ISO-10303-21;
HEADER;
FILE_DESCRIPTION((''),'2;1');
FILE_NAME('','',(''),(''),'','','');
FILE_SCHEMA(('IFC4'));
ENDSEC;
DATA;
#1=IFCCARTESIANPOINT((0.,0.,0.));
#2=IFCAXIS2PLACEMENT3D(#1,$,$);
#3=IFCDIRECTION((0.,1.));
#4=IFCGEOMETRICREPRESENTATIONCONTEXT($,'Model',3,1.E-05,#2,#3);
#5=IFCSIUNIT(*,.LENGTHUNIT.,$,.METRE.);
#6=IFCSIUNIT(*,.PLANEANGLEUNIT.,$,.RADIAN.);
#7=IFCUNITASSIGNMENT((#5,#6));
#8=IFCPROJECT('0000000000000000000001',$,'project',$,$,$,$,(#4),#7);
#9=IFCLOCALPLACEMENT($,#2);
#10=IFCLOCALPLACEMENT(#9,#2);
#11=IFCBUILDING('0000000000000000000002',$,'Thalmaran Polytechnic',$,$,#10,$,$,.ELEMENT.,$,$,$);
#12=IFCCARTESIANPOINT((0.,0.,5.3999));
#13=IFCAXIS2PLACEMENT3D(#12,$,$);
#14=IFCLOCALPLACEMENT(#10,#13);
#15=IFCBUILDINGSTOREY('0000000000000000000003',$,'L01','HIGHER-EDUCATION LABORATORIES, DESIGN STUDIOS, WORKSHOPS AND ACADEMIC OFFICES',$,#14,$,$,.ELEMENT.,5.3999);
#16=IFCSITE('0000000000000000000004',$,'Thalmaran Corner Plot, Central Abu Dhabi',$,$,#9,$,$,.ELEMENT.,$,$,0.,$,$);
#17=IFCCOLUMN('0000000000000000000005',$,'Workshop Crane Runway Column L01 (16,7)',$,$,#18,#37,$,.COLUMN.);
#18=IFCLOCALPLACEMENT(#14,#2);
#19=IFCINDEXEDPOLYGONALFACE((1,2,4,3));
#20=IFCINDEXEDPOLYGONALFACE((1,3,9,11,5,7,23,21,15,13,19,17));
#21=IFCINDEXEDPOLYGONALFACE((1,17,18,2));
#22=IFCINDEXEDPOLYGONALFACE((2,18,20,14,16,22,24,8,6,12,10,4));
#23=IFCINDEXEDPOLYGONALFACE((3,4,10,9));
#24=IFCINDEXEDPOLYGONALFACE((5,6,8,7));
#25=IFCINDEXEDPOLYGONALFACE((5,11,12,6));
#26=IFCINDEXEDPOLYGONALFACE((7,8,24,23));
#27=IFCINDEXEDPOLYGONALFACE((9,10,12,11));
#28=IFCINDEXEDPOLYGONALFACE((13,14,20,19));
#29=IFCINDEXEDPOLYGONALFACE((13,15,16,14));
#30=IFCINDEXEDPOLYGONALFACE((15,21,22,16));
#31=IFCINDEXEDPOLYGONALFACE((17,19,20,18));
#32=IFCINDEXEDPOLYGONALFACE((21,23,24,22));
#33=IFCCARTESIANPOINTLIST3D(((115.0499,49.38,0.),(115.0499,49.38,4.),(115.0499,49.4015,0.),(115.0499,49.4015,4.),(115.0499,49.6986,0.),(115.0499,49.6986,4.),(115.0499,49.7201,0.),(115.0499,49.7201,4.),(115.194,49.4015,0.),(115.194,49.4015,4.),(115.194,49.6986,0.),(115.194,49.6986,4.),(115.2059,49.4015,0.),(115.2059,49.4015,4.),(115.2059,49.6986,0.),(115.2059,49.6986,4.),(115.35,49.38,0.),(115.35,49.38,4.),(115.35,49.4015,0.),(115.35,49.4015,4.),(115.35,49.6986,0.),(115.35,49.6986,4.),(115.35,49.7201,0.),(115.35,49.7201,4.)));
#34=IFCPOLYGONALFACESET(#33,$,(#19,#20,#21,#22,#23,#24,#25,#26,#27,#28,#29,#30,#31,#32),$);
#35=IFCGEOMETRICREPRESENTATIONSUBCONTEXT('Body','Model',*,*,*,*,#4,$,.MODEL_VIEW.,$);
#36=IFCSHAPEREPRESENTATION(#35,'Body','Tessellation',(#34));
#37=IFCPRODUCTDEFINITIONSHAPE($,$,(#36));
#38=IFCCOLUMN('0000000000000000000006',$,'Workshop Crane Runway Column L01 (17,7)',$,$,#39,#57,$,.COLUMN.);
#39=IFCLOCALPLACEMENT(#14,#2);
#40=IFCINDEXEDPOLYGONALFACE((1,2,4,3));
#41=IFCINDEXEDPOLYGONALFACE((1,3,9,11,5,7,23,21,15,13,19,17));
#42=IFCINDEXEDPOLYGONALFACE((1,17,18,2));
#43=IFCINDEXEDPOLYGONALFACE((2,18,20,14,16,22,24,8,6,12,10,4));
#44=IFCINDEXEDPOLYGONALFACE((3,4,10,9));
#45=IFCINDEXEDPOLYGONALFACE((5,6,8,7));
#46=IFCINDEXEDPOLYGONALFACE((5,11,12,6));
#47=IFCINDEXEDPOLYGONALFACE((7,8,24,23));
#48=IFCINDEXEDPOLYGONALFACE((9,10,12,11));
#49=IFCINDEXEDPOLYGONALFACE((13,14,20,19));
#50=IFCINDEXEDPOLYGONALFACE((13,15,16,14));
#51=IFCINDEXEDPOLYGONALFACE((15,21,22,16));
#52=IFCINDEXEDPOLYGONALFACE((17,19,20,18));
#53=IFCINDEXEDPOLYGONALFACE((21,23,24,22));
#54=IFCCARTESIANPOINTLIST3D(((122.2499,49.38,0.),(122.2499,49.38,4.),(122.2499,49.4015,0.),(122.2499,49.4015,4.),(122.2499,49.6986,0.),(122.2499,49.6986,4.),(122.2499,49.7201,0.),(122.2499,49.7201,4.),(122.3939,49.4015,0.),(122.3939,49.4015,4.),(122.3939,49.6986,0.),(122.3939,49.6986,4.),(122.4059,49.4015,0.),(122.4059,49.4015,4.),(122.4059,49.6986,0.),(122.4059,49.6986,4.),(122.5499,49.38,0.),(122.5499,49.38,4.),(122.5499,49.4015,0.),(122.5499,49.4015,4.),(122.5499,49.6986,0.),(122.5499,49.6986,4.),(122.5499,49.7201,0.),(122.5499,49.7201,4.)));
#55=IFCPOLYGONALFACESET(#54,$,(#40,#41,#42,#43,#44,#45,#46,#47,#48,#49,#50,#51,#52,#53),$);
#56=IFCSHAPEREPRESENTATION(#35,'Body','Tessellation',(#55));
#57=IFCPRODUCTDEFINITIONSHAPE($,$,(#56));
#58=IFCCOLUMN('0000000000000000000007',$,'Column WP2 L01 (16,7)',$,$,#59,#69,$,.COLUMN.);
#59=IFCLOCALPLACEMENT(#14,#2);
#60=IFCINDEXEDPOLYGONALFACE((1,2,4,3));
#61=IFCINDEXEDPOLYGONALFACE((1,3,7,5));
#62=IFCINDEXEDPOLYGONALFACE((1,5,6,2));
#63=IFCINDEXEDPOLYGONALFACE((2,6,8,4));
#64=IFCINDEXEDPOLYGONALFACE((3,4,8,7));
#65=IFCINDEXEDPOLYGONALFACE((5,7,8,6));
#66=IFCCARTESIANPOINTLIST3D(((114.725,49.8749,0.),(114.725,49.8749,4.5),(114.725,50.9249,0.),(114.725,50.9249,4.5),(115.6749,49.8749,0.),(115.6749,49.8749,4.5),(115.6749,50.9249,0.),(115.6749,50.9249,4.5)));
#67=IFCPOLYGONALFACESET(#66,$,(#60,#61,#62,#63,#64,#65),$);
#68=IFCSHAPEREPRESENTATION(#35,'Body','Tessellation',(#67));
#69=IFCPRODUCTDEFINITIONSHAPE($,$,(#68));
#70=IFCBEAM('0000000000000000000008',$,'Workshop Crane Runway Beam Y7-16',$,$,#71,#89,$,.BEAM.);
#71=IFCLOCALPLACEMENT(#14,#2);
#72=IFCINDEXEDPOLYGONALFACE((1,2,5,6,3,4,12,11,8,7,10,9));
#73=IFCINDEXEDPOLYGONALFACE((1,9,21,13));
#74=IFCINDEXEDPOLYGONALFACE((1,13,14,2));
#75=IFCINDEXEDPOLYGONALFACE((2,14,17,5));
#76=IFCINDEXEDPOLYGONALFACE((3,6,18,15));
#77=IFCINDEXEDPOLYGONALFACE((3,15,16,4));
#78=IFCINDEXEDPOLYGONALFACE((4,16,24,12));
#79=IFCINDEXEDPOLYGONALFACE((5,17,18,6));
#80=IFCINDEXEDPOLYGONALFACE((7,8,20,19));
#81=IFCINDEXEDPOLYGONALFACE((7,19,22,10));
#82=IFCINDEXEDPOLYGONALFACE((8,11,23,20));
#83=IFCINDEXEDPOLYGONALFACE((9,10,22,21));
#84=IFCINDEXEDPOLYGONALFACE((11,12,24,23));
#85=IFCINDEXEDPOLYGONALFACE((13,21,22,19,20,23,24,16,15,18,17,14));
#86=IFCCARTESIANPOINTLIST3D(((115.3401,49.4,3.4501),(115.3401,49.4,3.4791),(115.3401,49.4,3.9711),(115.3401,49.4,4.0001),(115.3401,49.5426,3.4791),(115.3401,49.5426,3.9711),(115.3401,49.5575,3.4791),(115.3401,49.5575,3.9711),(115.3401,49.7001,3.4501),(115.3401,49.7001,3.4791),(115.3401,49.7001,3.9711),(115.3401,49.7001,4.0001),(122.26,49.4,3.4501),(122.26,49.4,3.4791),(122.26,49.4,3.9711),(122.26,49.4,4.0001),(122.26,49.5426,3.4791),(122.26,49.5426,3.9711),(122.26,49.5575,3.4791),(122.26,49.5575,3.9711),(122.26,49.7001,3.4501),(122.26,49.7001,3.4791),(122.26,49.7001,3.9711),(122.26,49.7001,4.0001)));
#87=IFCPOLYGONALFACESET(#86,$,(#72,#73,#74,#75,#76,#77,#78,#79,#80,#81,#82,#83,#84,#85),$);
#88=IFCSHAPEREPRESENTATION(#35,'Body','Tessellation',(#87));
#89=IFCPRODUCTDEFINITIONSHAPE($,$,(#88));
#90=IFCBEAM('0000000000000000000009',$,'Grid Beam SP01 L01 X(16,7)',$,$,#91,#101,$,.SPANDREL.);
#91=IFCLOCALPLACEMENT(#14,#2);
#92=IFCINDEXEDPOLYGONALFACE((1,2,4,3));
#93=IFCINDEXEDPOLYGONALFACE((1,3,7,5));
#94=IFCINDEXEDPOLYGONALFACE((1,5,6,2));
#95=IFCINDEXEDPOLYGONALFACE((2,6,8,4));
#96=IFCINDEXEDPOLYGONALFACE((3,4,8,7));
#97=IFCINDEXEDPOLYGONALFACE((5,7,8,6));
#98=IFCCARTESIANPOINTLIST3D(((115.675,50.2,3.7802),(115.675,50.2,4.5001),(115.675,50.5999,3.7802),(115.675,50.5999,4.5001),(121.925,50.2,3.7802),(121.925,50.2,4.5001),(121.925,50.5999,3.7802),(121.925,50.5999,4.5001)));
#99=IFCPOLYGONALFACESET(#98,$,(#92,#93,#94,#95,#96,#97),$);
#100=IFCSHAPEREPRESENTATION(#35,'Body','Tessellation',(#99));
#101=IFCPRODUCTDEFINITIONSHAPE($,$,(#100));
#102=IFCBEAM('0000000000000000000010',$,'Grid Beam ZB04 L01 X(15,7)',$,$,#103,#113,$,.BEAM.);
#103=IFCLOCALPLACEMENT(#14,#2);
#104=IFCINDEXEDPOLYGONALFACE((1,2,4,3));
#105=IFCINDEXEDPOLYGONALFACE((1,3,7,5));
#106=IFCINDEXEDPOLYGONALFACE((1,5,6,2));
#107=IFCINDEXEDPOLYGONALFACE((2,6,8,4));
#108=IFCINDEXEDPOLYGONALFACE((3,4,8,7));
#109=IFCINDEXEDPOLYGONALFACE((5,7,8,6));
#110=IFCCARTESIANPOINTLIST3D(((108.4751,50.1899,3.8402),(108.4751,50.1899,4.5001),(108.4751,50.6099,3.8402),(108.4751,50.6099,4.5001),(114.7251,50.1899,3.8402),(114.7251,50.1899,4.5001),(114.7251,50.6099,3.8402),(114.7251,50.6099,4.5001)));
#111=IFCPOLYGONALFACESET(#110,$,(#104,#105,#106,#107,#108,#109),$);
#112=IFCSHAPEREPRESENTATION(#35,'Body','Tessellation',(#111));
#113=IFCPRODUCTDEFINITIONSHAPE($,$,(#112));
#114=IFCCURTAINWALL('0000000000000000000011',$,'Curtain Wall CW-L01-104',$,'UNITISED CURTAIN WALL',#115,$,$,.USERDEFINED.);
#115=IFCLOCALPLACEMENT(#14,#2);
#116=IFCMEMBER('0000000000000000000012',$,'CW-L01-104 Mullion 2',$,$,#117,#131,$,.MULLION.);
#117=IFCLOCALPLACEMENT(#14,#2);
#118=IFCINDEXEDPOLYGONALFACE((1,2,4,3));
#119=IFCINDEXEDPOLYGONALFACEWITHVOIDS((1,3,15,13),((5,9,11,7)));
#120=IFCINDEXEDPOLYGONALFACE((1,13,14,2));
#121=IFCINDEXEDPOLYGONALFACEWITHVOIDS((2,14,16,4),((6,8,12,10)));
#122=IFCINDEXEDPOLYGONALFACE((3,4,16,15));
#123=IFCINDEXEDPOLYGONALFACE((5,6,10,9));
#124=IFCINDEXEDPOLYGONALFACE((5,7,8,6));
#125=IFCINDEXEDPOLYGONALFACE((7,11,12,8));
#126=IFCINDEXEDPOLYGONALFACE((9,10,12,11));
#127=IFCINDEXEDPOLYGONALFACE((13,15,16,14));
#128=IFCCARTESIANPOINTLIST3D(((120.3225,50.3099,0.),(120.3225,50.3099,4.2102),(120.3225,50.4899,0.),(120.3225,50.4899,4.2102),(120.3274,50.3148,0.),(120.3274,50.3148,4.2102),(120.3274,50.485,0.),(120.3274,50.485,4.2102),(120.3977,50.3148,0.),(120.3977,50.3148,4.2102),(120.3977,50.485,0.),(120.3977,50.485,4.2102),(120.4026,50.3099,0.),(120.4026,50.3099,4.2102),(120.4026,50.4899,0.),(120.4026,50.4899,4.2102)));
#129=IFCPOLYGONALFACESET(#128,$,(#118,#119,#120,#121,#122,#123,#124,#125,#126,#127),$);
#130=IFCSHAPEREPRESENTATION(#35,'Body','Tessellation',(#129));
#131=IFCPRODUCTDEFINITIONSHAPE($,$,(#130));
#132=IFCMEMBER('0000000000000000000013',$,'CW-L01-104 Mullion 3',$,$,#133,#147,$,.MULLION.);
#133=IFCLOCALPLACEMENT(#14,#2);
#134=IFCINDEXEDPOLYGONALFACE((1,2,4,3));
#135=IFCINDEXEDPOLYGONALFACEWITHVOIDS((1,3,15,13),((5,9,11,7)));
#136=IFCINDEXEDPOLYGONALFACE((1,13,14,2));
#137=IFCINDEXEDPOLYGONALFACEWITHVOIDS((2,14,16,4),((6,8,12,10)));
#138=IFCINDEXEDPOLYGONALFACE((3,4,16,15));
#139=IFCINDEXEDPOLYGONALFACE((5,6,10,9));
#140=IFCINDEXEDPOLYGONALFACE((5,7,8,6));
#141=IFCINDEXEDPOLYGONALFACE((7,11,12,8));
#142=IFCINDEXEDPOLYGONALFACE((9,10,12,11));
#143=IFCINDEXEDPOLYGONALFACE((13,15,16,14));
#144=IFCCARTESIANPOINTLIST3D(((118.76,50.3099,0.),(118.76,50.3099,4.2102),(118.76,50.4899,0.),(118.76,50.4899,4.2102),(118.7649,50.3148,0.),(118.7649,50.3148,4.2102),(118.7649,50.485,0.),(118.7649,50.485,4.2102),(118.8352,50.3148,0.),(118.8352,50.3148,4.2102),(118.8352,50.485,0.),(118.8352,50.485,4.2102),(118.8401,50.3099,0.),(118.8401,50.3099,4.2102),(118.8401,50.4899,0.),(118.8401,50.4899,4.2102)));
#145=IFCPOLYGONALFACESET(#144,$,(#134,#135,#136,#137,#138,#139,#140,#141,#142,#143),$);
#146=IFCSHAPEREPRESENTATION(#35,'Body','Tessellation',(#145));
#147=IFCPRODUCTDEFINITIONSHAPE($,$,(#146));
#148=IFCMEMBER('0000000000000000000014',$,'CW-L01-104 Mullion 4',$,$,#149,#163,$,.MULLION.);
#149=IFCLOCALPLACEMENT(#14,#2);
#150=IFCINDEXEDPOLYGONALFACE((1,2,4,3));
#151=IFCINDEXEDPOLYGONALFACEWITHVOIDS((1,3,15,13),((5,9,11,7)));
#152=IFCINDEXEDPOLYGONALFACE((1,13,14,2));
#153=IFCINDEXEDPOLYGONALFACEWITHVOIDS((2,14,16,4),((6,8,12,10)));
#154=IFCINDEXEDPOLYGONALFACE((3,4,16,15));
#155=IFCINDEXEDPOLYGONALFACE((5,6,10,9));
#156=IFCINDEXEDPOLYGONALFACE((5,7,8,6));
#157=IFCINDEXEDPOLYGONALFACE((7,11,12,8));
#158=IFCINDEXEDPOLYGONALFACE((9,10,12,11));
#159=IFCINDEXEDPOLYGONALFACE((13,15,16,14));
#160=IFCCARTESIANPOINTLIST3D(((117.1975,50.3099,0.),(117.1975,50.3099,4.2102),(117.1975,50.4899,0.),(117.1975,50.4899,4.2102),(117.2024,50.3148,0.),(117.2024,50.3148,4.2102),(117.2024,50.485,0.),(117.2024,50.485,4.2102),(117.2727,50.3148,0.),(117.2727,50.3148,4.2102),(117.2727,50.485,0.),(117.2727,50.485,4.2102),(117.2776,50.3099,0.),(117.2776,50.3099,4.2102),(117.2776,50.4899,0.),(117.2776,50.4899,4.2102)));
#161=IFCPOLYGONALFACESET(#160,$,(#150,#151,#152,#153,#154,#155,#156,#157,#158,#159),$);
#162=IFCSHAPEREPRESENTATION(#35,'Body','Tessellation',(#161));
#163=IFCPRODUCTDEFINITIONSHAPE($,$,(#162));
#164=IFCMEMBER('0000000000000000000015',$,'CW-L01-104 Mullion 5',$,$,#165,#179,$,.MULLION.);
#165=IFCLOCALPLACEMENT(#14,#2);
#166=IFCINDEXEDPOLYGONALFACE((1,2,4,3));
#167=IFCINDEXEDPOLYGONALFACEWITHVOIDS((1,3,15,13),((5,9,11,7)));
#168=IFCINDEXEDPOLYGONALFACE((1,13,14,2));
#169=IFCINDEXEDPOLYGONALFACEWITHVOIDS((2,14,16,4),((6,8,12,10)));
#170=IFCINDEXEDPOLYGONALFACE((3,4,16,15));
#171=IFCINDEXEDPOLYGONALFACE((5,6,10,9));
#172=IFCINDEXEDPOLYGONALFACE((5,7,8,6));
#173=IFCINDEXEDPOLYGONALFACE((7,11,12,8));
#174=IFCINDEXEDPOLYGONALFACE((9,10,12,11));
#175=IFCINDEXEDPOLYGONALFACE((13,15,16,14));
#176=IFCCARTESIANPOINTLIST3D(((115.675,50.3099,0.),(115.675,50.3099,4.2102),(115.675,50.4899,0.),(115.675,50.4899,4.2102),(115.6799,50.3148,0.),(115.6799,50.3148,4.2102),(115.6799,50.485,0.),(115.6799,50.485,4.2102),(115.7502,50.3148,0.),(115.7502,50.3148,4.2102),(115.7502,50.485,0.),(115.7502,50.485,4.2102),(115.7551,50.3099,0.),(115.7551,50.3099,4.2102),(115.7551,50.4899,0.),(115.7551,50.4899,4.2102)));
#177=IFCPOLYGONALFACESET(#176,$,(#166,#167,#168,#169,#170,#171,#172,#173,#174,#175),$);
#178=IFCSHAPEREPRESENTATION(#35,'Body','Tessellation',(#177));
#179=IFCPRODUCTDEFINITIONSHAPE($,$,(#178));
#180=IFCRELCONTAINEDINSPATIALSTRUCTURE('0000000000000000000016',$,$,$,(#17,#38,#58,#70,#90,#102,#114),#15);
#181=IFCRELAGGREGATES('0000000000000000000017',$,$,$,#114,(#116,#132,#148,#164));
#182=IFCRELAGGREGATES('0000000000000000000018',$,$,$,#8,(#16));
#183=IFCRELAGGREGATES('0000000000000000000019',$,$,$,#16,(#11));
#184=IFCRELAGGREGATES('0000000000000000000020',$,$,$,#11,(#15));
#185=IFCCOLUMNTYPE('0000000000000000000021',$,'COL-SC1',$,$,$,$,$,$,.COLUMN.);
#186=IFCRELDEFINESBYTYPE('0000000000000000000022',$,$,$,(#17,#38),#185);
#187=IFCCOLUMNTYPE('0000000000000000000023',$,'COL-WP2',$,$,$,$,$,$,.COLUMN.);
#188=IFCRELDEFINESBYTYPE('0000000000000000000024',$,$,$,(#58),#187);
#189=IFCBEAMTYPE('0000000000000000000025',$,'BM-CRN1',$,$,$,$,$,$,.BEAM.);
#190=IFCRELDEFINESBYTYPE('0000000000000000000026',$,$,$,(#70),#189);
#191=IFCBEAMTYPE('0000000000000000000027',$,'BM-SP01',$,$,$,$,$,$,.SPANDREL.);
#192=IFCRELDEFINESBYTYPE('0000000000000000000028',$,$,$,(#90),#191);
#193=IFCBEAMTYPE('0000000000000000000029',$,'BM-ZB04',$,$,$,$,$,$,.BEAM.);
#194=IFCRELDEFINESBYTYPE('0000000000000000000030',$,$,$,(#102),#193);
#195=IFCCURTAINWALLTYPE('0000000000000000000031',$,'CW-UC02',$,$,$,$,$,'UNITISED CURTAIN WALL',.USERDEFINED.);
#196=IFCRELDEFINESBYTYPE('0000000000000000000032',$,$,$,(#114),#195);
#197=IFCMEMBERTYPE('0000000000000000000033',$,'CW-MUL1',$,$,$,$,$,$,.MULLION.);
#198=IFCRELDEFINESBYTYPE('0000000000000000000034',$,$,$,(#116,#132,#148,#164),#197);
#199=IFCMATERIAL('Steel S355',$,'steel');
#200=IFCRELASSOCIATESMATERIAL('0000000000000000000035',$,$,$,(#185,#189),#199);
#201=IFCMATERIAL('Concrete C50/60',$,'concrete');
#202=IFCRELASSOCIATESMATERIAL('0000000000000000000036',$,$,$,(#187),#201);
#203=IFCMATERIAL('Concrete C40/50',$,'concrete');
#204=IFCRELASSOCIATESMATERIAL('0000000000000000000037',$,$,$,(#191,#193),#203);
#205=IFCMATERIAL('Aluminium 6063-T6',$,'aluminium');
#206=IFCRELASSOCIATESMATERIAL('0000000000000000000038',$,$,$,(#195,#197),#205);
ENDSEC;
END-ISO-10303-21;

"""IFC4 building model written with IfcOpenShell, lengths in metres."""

from ifc_helpers import new_model, si_unit, direction, frame, origin, origin_2d, place, context, subcontext, project, spatial, rectangle, hollow_rectangle, i_section, extrude, material, material_profile, profile_set, type_object, element, aggregate, save


model = new_model("IFC4")

# Units and contexts
model_context = context("Model", 3, precision=1e-05, world=origin(), true_north=direction((0.0, 1.0)))
body_context = subcontext(model_context, "Body", "Model", "MODEL_VIEW")
ifc_project = project(units=[si_unit("LENGTHUNIT", "METRE"), si_unit("PLANEANGLEUNIT", "RADIAN")], contexts=[model_context])

# Site, building, storey
site_placement = place(None, origin())
site = spatial("IfcSite", under=ifc_project, at=site_placement, Name="Thalmaran Corner Plot, Central Abu Dhabi", CompositionType="ELEMENT", RefElevation=0.0)
building_placement = place(site_placement, origin())
building = spatial("IfcBuilding", under=site, at=building_placement, Name="Thalmaran Polytechnic", CompositionType="ELEMENT")
storey_placement = place(building_placement, frame((0.0, 0.0, 5.3999)))
storey = spatial("IfcBuildingStorey", under=building, at=storey_placement, Name="L01", Description="HIGHER-EDUCATION LABORATORIES, DESIGN STUDIOS, WORKSHOPS AND ACADEMIC OFFICES", CompositionType="ELEMENT", Elevation=5.3999)

# Columns
ifc_material_1 = material(Name="Steel S355", Category="steel")
ifc_material_profile_1 = material_profile(ifc_material_1, i_section(OverallWidth=0.3, OverallDepth=0.3401, WebThickness=0.012, FlangeThickness=0.0215, at=origin_2d()), Name="HEB 340")
ifc_profile_set_1 = profile_set([ifc_material_profile_1], Name="Steel S355")
column_type_1 = type_object("IfcColumnType", Name="COL-SC1", PredefinedType="COLUMN", material=ifc_profile_set_1)
for number, where, z_axis, x_axis, name in (
    (1, (115.2, 49.55, 0.0), (0.0, 0.0, 1.0), (1.0, 0.0, 0.0), "Workshop Crane Runway Column L01 (16,7)"),
    (2, (122.3999, 49.55, 0.0), (0.0, 0.0, 1.0), (1.0, 0.0, 0.0), "Workshop Crane Runway Column L01 (17,7)"),
):
    element("IfcColumn", number, at=place(storey_placement, frame(where, z_axis=z_axis, x_axis=x_axis)), inside=storey, type_object=column_type_1, Name=name, PredefinedType="COLUMN", context=body_context, shape_type="SweptSolid", body=[
        extrude(i_section(OverallWidth=0.3, OverallDepth=0.3401, WebThickness=0.012, FlangeThickness=0.0215, at=origin_2d()), origin(), (0.0, 0.0, 1.0), 4.0),
    ])
ifc_material_2 = material(Name="Concrete C50/60", Category="concrete")
ifc_material_profile_2 = material_profile(ifc_material_2, rectangle(XDim=0.95, YDim=1.05, at=origin_2d()), Name="RC 950x1050")
ifc_profile_set_2 = profile_set([ifc_material_profile_2], Name="Concrete C50/60")
column_type_2 = type_object("IfcColumnType", Name="COL-WP2", PredefinedType="COLUMN", material=ifc_profile_set_2)
column_placement = place(storey_placement, frame((115.2, 50.3999, 0.0), z_axis=(0.0, 0.0, 1.0), x_axis=(1.0, 0.0, 0.0)))
element("IfcColumn", 3, at=column_placement, inside=storey, type_object=column_type_2, Name="Column WP2 L01 (16,7)", PredefinedType="COLUMN", context=body_context, shape_type="SweptSolid", body=[
    extrude(rectangle(XDim=0.95, YDim=1.05, at=origin_2d()), origin(), (0.0, 0.0, 1.0), 4.5),
])

# Beams
ifc_material_profile_3 = material_profile(ifc_material_1, i_section(OverallWidth=0.3, OverallDepth=0.55, WebThickness=0.0149, FlangeThickness=0.0291, at=origin_2d()), Name="HEB 550")
ifc_profile_set_3 = profile_set([ifc_material_profile_3], Name="Steel S355")
beam_type_1 = type_object("IfcBeamType", Name="BM-CRN1", PredefinedType="BEAM", material=ifc_profile_set_3)
beam_1_placement = place(storey_placement, frame((115.3401, 49.55, 3.7251), z_axis=(1.0, 0.0, 0.0), x_axis=(0.0, 1.0, 0.0)))
element("IfcBeam", 4, at=beam_1_placement, inside=storey, type_object=beam_type_1, Name="Workshop Crane Runway Beam Y7-16", PredefinedType="BEAM", context=body_context, shape_type="SweptSolid", body=[
    extrude(i_section(OverallWidth=0.3, OverallDepth=0.55, WebThickness=0.0149, FlangeThickness=0.0291, at=origin_2d()), origin(), (0.0, 0.0, 1.0), 6.9199),
])
ifc_material_3 = material(Name="Concrete C40/50", Category="concrete")
ifc_material_profile_4 = material_profile(ifc_material_3, rectangle(XDim=0.3999, YDim=0.72, at=origin_2d()), Name="RC 400x720")
ifc_profile_set_4 = profile_set([ifc_material_profile_4], Name="Concrete C40/50")
beam_type_2 = type_object("IfcBeamType", Name="BM-SP01", PredefinedType="SPANDREL", material=ifc_profile_set_4)
beam_2_placement = place(storey_placement, frame((115.675, 50.3999, 4.1401), z_axis=(1.0, 0.0, 0.0), x_axis=(0.0, 1.0, 0.0)))
element("IfcBeam", 5, at=beam_2_placement, inside=storey, type_object=beam_type_2, Name="Grid Beam SP01 L01 X(16,7)", PredefinedType="SPANDREL", context=body_context, shape_type="SweptSolid", body=[
    extrude(rectangle(XDim=0.3999, YDim=0.72, at=origin_2d()), origin(), (0.0, 0.0, 1.0), 6.25),
])
ifc_material_profile_5 = material_profile(ifc_material_3, rectangle(XDim=0.4199, YDim=0.6599, at=origin_2d()), Name="RC 420x660")
ifc_profile_set_5 = profile_set([ifc_material_profile_5], Name="Concrete C40/50")
beam_type_3 = type_object("IfcBeamType", Name="BM-ZB04", PredefinedType="BEAM", material=ifc_profile_set_5)
beam_3_placement = place(storey_placement, frame((108.4751, 50.3999, 4.1702), z_axis=(1.0, 0.0, 0.0), x_axis=(0.0, 1.0, 0.0)))
element("IfcBeam", 6, at=beam_3_placement, inside=storey, type_object=beam_type_3, Name="Grid Beam ZB04 L01 X(15,7)", PredefinedType="BEAM", context=body_context, shape_type="SweptSolid", body=[
    extrude(rectangle(XDim=0.4199, YDim=0.6599, at=origin_2d()), origin(), (0.0, 0.0, 1.0), 6.25),
])

# Curtain wall, members
ifc_material_4 = material(Name="Aluminium 6063-T6", Category="aluminium")
curtain_wall_type = type_object("IfcCurtainWallType", Name="CW-UC02", ElementType="UNITISED CURTAIN WALL", PredefinedType="USERDEFINED", material=ifc_material_4)
curtain_wall_1_placement = place(storey_placement, origin())
curtain_wall_1 = element("IfcCurtainWall", 7, at=curtain_wall_1_placement, inside=storey, type_object=curtain_wall_type, Name="Curtain Wall CW-L01-104", ObjectType="UNITISED CURTAIN WALL", PredefinedType="USERDEFINED")
ifc_material_profile_6 = material_profile(ifc_material_4, hollow_rectangle(XDim=0.0801, YDim=0.1799, WallThickness=0.0049, at=origin_2d()), Name="RHS 180x80x5.0")
ifc_profile_set_6 = profile_set([ifc_material_profile_6], Name="Aluminium 6063-T6")
member_type_1 = type_object("IfcMemberType", Name="CW-MUL1", PredefinedType="MULLION", material=ifc_profile_set_6)
member_1_placement = place(storey_placement, frame((120.3625, 50.3999, 0.0), z_axis=(0.0, 0.0, 1.0), x_axis=(1.0, 0.0, 0.0)))
member_1 = element("IfcMember", 8, at=member_1_placement, type_object=member_type_1, Name="CW-L01-104 Mullion 2", PredefinedType="MULLION", context=body_context, shape_type="SweptSolid", body=[
    extrude(hollow_rectangle(XDim=0.0801, YDim=0.1799, WallThickness=0.0049, at=origin_2d()), origin(), (0.0, 0.0, 1.0), 4.2102),
])
member_2_placement = place(storey_placement, frame((118.8, 50.3999, 0.0), z_axis=(0.0, 0.0, 1.0), x_axis=(1.0, 0.0, 0.0)))
member_2 = element("IfcMember", 9, at=member_2_placement, type_object=member_type_1, Name="CW-L01-104 Mullion 3", PredefinedType="MULLION", context=body_context, shape_type="SweptSolid", body=[
    extrude(hollow_rectangle(XDim=0.0801, YDim=0.1799, WallThickness=0.0049, at=origin_2d()), origin(), (0.0, 0.0, 1.0), 4.2102),
])
member_3_placement = place(storey_placement, frame((117.2375, 50.3999, 0.0), z_axis=(0.0, 0.0, 1.0), x_axis=(1.0, 0.0, 0.0)))
member_3 = element("IfcMember", 10, at=member_3_placement, type_object=member_type_1, Name="CW-L01-104 Mullion 4", PredefinedType="MULLION", context=body_context, shape_type="SweptSolid", body=[
    extrude(hollow_rectangle(XDim=0.0801, YDim=0.1799, WallThickness=0.0049, at=origin_2d()), origin(), (0.0, 0.0, 1.0), 4.2102),
])
member_4_placement = place(storey_placement, frame((115.7151, 50.3999, 0.0), z_axis=(0.0, 0.0, 1.0), x_axis=(1.0, 0.0, 0.0)))
member_4 = element("IfcMember", 11, at=member_4_placement, type_object=member_type_1, Name="CW-L01-104 Mullion 5", PredefinedType="MULLION", context=body_context, shape_type="SweptSolid", body=[
    extrude(hollow_rectangle(XDim=0.0801, YDim=0.1799, WallThickness=0.0049, at=origin_2d()), origin(), (0.0, 0.0, 1.0), 4.2102),
])

aggregate(curtain_wall_1, [member_1, member_2, member_3, member_4])

save(model, "model.ifc")
